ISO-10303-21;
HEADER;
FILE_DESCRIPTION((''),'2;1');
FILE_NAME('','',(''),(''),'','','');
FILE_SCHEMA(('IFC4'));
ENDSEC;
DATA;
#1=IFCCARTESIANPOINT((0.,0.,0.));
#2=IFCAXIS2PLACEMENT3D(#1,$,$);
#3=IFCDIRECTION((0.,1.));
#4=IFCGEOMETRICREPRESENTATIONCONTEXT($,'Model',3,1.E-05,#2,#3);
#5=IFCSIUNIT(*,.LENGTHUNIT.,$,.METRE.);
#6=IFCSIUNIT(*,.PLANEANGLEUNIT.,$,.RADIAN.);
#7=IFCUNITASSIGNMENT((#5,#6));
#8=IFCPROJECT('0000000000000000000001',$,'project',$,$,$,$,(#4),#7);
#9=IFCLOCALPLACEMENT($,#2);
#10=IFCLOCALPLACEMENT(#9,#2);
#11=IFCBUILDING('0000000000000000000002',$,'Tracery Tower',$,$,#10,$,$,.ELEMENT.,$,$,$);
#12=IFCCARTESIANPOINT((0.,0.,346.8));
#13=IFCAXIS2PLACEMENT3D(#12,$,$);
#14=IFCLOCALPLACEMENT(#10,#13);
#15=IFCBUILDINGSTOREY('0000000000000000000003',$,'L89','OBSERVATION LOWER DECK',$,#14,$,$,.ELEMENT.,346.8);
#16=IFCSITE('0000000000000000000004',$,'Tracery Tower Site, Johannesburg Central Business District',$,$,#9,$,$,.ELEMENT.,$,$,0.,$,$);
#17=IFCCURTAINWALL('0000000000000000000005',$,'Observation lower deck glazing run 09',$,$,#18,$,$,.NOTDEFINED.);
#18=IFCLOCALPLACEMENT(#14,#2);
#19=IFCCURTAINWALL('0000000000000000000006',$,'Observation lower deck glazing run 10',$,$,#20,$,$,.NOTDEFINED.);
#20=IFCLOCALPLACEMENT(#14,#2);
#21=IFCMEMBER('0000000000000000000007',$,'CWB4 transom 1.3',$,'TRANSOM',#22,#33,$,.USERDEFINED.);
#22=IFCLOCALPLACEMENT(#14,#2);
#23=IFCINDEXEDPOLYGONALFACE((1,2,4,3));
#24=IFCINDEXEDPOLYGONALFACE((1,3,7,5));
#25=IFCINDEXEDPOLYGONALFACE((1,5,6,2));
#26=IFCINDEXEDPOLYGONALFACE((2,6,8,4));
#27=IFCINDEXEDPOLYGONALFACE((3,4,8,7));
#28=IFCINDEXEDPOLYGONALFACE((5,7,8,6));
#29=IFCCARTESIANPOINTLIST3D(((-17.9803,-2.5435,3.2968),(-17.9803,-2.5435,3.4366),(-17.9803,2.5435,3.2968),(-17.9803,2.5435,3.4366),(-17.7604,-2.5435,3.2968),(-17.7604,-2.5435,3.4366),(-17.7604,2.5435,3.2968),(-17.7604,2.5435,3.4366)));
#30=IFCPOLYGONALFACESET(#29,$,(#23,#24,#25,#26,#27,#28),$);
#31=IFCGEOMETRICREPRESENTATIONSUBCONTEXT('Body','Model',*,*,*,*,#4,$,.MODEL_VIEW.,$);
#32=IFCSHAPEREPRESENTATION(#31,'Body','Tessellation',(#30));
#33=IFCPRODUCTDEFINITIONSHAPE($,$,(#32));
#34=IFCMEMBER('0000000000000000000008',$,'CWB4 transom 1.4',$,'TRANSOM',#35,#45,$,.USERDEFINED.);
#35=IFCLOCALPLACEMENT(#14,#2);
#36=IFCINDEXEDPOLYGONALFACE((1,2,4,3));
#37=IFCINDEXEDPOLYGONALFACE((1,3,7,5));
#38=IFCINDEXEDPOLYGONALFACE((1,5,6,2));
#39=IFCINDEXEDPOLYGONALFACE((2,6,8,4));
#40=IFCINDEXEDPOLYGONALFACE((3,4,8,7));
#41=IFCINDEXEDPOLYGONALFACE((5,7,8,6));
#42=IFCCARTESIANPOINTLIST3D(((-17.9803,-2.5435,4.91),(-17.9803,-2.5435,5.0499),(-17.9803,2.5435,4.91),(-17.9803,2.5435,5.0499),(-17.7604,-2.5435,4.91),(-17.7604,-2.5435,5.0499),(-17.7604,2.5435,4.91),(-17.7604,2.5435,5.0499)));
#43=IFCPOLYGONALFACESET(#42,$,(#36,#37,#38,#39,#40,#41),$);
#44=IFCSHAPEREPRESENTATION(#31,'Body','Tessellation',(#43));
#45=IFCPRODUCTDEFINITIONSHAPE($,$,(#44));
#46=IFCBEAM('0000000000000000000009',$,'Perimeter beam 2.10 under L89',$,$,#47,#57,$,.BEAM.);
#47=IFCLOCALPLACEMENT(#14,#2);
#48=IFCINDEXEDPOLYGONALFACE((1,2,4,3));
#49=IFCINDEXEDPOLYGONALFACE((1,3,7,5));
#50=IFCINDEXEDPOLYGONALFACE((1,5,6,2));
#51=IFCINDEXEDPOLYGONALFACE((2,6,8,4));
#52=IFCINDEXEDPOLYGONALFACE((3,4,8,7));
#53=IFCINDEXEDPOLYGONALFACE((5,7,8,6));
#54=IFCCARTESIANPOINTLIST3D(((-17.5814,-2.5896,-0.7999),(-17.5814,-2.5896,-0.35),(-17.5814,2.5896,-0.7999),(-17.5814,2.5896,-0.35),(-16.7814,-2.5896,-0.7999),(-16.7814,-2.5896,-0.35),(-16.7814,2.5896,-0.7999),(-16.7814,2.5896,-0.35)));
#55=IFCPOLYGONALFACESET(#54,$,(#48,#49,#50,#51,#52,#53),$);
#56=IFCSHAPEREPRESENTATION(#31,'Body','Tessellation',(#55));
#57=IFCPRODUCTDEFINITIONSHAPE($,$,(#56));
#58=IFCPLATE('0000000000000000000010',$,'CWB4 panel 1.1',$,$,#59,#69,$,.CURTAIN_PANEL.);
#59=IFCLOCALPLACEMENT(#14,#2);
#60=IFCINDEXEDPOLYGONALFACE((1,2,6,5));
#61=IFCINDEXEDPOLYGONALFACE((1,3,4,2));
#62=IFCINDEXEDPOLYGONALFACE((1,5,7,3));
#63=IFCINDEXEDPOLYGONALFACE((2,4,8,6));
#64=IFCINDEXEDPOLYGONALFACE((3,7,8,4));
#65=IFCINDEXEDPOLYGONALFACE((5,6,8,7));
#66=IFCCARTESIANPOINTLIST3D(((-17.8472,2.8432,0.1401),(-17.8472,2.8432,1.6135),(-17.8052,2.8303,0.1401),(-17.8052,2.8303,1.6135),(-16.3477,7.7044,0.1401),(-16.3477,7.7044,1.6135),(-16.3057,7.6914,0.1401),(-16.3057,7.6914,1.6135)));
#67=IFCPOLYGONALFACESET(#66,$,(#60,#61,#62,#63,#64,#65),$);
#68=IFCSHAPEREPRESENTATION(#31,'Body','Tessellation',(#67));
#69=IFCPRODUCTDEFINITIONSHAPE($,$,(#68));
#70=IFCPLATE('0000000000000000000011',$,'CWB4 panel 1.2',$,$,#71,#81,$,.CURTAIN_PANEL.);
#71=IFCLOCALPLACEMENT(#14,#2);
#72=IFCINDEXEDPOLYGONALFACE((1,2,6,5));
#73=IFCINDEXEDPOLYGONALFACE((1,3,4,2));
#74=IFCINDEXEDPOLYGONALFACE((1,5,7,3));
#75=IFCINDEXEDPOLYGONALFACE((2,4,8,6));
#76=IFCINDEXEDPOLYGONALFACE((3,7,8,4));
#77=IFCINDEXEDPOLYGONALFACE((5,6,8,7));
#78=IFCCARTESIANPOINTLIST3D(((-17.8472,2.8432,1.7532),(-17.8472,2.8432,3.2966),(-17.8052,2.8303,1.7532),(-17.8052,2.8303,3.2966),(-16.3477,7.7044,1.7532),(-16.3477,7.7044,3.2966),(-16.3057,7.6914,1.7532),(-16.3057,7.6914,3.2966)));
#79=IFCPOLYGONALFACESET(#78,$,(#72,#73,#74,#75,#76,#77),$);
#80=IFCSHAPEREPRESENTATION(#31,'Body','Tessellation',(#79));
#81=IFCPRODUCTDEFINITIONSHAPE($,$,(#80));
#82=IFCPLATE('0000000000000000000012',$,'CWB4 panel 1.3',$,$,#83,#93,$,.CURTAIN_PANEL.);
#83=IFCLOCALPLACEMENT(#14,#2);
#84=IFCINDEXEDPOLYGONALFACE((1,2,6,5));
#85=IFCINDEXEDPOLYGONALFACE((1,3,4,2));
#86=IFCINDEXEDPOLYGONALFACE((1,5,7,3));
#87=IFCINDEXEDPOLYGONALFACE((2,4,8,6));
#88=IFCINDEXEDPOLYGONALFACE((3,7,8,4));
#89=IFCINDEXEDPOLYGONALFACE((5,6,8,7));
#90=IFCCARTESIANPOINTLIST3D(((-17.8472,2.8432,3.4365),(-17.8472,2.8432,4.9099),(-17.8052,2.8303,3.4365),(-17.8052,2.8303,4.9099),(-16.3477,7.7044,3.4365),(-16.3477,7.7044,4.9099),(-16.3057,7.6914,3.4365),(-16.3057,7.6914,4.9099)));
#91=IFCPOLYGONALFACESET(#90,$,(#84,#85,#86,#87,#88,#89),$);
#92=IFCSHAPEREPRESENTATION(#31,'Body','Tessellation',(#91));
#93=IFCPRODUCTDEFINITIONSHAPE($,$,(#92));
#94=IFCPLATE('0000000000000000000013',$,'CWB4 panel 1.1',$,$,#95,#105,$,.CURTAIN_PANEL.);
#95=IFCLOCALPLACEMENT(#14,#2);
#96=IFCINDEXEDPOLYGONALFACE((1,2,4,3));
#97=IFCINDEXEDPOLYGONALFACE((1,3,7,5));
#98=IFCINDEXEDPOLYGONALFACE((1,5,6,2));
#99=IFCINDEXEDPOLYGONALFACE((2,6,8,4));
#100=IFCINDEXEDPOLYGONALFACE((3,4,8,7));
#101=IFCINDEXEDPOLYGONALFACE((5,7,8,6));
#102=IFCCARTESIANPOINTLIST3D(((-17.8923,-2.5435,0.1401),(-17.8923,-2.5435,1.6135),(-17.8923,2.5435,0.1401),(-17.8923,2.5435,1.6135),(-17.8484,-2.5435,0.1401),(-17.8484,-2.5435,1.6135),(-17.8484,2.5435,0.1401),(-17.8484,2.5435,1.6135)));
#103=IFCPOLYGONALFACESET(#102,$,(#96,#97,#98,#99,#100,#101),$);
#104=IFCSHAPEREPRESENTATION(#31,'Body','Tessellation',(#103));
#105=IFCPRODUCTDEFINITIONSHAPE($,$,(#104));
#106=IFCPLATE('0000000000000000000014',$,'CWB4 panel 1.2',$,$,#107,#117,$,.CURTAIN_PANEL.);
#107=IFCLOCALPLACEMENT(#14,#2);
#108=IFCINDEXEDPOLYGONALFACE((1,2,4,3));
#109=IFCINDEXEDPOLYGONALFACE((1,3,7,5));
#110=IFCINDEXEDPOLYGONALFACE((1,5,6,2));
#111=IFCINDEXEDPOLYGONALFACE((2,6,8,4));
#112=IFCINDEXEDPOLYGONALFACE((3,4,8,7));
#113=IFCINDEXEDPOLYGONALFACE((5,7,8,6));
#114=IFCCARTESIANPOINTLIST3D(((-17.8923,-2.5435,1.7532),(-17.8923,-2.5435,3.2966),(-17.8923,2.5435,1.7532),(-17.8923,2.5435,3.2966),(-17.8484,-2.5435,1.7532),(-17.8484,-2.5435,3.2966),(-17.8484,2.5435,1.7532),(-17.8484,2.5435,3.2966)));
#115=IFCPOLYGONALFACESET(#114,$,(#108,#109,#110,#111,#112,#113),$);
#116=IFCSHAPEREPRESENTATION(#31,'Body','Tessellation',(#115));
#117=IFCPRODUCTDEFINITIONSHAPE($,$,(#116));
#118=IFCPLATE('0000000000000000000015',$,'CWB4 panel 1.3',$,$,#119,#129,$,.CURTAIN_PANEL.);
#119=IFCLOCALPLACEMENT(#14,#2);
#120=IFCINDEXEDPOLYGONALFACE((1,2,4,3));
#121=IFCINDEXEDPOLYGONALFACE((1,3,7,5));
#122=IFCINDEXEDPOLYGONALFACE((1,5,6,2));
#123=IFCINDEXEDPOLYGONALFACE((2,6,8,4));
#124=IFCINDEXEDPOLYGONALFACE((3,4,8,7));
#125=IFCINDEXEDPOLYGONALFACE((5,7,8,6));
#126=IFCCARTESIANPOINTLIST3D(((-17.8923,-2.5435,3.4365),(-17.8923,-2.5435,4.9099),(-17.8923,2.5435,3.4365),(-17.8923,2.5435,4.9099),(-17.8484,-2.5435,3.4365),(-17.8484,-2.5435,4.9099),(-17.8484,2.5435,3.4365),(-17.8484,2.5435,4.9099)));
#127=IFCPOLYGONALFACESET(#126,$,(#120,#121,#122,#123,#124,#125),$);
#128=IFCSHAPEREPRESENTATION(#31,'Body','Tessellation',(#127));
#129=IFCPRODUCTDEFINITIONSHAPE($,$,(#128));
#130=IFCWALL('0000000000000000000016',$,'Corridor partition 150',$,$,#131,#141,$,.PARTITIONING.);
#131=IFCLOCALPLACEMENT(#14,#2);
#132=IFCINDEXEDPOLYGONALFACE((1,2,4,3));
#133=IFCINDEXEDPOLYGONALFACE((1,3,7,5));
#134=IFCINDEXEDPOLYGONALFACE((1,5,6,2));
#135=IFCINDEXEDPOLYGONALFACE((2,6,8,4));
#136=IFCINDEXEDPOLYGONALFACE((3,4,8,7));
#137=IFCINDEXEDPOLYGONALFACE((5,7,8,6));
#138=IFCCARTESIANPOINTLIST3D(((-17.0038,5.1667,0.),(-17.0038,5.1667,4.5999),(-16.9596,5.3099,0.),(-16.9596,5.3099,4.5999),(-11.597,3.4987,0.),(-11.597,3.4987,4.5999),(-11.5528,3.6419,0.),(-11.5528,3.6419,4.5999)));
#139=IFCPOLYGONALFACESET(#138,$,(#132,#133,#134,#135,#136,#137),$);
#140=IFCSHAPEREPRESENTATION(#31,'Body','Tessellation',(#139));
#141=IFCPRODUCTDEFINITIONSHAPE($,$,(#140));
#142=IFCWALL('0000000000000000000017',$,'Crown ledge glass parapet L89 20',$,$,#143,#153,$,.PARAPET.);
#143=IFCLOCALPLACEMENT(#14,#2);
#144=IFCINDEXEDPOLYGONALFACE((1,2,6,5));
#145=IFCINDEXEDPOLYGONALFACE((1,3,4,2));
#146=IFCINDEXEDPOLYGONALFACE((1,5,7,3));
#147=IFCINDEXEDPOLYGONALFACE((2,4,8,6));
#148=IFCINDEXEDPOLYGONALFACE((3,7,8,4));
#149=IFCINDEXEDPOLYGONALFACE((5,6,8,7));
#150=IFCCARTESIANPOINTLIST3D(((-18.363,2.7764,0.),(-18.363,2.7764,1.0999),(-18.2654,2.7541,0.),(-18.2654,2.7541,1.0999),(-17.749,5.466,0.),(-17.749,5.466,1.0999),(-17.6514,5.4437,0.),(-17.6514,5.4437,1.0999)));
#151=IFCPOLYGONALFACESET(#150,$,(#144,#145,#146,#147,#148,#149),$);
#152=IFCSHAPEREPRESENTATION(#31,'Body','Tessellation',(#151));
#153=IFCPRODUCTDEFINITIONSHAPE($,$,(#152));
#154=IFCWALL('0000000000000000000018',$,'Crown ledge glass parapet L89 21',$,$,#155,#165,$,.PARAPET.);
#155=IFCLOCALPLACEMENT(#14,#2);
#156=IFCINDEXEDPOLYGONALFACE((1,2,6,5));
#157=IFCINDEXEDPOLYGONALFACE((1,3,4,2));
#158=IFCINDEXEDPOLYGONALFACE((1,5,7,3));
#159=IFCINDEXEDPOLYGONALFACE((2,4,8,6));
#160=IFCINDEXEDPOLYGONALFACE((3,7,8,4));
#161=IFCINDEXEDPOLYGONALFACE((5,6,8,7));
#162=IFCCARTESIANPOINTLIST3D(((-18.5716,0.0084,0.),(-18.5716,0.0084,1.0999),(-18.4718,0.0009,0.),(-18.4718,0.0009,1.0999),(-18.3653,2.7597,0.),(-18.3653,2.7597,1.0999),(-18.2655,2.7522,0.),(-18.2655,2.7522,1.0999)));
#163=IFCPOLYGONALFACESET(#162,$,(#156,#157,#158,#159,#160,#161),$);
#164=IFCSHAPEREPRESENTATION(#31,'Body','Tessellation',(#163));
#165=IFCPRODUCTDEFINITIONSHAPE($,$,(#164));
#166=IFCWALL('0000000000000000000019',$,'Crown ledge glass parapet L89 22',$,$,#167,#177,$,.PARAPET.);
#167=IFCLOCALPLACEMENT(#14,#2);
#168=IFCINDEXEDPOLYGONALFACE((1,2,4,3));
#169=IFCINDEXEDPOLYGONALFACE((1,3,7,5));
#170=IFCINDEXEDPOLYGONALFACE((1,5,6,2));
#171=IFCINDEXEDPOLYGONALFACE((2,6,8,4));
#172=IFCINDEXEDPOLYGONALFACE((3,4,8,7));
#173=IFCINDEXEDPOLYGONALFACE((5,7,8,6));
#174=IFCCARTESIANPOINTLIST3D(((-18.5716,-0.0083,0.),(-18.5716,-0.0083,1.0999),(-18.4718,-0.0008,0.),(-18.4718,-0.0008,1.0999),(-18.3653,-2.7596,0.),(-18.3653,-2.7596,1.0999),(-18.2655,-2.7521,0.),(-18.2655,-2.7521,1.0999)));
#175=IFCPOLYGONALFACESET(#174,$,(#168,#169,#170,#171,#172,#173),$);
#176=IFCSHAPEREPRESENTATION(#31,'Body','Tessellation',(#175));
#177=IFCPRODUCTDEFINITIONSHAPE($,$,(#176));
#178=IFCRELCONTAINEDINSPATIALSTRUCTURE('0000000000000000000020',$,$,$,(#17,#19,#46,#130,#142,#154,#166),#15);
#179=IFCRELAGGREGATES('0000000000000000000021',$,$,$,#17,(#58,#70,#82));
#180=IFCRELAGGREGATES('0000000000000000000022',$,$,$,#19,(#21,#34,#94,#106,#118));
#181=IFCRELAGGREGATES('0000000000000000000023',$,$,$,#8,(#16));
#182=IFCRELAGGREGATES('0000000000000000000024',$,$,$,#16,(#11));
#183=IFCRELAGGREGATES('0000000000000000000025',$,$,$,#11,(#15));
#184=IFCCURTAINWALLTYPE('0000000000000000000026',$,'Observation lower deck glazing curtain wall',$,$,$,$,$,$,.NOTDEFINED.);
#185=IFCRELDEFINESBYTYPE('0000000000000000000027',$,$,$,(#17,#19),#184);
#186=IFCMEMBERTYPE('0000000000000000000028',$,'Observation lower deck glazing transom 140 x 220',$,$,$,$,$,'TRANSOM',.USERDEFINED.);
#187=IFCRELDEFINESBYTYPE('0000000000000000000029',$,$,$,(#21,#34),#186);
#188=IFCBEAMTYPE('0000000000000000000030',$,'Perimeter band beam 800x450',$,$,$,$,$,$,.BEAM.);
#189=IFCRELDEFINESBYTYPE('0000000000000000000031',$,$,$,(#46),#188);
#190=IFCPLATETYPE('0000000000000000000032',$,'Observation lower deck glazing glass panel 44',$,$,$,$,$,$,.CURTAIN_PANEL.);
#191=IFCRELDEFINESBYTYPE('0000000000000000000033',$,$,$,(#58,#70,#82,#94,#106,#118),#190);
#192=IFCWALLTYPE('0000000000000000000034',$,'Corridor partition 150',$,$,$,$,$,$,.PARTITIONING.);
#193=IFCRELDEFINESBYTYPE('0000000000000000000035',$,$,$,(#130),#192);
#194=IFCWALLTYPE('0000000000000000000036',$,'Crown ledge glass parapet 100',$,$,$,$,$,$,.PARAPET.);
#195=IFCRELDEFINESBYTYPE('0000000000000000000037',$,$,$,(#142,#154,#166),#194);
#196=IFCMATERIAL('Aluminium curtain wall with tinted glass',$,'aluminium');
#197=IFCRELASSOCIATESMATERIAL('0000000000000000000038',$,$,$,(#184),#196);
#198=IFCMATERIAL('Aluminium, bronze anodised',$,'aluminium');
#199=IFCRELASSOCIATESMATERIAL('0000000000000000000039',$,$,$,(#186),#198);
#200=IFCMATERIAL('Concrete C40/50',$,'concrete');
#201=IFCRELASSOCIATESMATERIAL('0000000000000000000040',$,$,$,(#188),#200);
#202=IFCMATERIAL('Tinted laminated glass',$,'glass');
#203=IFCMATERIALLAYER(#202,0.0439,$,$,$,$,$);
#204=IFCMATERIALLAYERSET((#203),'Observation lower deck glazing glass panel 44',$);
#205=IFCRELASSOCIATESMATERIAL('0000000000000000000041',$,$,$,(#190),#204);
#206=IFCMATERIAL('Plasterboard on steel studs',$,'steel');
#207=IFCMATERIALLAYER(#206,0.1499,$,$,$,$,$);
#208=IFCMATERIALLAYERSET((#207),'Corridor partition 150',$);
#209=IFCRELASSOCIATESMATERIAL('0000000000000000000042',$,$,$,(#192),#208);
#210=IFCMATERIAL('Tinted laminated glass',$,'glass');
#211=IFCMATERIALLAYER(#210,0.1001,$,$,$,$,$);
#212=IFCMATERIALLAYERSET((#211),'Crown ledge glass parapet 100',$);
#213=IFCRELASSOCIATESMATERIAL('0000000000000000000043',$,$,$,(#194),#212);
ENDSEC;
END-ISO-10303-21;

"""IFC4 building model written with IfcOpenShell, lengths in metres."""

from ifc_helpers import new_model, si_unit, direction, frame, frame_2d, origin, origin_2d, place, context, subcontext, project, spatial, rectangle, extrude, material, layer, layer_set, material_profile, profile_set, type_object, element, aggregate, save


model = new_model("IFC4")

# Units and contexts
model_context = context("Model", 3, precision=1e-05, world=origin(), true_north=direction((0.0, 1.0)))
body_context = subcontext(model_context, "Body", "Model", "MODEL_VIEW")
ifc_project = project(units=[si_unit("LENGTHUNIT", "METRE"), si_unit("PLANEANGLEUNIT", "RADIAN")], contexts=[model_context])

# Site, building, storey
site_placement = place(None, origin())
site = spatial("IfcSite", under=ifc_project, at=site_placement, Name="Tracery Tower Site, Johannesburg Central Business District", CompositionType="ELEMENT", RefElevation=0.0)
building_placement = place(site_placement, origin())
building = spatial("IfcBuilding", under=site, at=building_placement, Name="Tracery Tower", CompositionType="ELEMENT")
storey_placement = place(building_placement, frame((0.0, 0.0, 346.8)))
storey = spatial("IfcBuildingStorey", under=building, at=storey_placement, Name="L89", Description="OBSERVATION LOWER DECK", CompositionType="ELEMENT", Elevation=346.8)

# Curtain walls
ifc_material_1 = material(Name="Aluminium curtain wall with tinted glass", Category="aluminium")
curtain_wall_type = type_object("IfcCurtainWallType", Name="Observation lower deck glazing curtain wall", PredefinedType="NOTDEFINED", material=ifc_material_1)
curtain_wall_1_placement = place(storey_placement, origin())
curtain_wall_1 = element("IfcCurtainWall", 1, at=curtain_wall_1_placement, inside=storey, type_object=curtain_wall_type, Name="Observation lower deck glazing run 09", PredefinedType="NOTDEFINED")
curtain_wall_2_placement = place(storey_placement, origin())
curtain_wall_2 = element("IfcCurtainWall", 2, at=curtain_wall_2_placement, inside=storey, type_object=curtain_wall_type, Name="Observation lower deck glazing run 10", PredefinedType="NOTDEFINED")

# Members
ifc_material_2 = material(Name="Aluminium, bronze anodised", Category="aluminium")
ifc_material_profile_1 = material_profile(ifc_material_2, rectangle(XDim=0.22, YDim=0.1399, at=origin_2d()), Name="Observation lower deck glazing transom 140 x 220")
ifc_profile_set_1 = profile_set([ifc_material_profile_1], Name="Aluminium, bronze anodised")
member_type_1 = type_object("IfcMemberType", Name="Observation lower deck glazing transom 140 x 220", ElementType="TRANSOM", PredefinedType="USERDEFINED", material=ifc_profile_set_1)
member_1_placement = place(storey_placement, frame((-17.8704, 2.5435, 3.3667), z_axis=(0.0, -1.0, 0.0), x_axis=(1.0, 0.0, 0.0)))
member_1 = element("IfcMember", 3, at=member_1_placement, type_object=member_type_1, Name="CWB4 transom 1.3", ObjectType="TRANSOM", PredefinedType="USERDEFINED", context=body_context, shape_type="SweptSolid", body=[
    extrude(rectangle(XDim=0.22, YDim=0.1399, at=origin_2d()), origin(), (0.0, 0.0, 1.0), 5.0869),
])
member_2_placement = place(storey_placement, frame((-17.8704, 2.5435, 4.98), z_axis=(0.0, -1.0, 0.0), x_axis=(1.0, 0.0, 0.0)))
member_2 = element("IfcMember", 4, at=member_2_placement, type_object=member_type_1, Name="CWB4 transom 1.4", ObjectType="TRANSOM", PredefinedType="USERDEFINED", context=body_context, shape_type="SweptSolid", body=[
    extrude(rectangle(XDim=0.22, YDim=0.1399, at=origin_2d()), origin(), (0.0, 0.0, 1.0), 5.0869),
])

# Beam
ifc_material_3 = material(Name="Concrete C40/50", Category="concrete")
ifc_material_profile_2 = material_profile(ifc_material_3, rectangle(XDim=0.8, YDim=0.45, at=origin_2d()), Name="RC 800x450")
ifc_profile_set_2 = profile_set([ifc_material_profile_2], Name="Concrete C40/50")
beam_type = type_object("IfcBeamType", Name="Perimeter band beam 800x450", PredefinedType="BEAM", material=ifc_profile_set_2)
beam_placement = place(storey_placement, frame((-17.1814, 2.5896, -0.575), z_axis=(0.0, -1.0, 0.0), x_axis=(1.0, 0.0, 0.0)))
element("IfcBeam", 5, at=beam_placement, inside=storey, type_object=beam_type, Name="Perimeter beam 2.10 under L89", PredefinedType="BEAM", context=body_context, shape_type="SweptSolid", body=[
    extrude(rectangle(XDim=0.8, YDim=0.45, at=origin_2d()), origin(), (0.0, 0.0, 1.0), 5.1792),
])

# Plates
ifc_material_4 = material(Name="Tinted laminated glass", Category="glass")
ifc_layer_1 = layer(ifc_material_4, 0.0439)
ifc_layer_set_1 = layer_set([ifc_layer_1], Name="Observation lower deck glazing glass panel 44")
plate_type = type_object("IfcPlateType", Name="Observation lower deck glazing glass panel 44", PredefinedType="CURTAIN_PANEL", material=ifc_layer_set_1)
plate_1_placement = place(storey_placement, frame((-17.0764, 5.2673, 0.1401), z_axis=(0.0, 0.0, 1.0), x_axis=(-0.294757, -0.955572, 0.0)))
plate_1 = element("IfcPlate", 6, at=plate_1_placement, type_object=plate_type, Name="CWB4 panel 1.1", PredefinedType="CURTAIN_PANEL", context=body_context, shape_type="SweptSolid", body=[
    extrude(rectangle(XDim=5.0872, YDim=0.0439, at=origin_2d()), origin(), (0.0, 0.0, 1.0), 1.4734),
])
plate_2_placement = place(storey_placement, frame((-17.0764, 5.2673, 1.7532), z_axis=(0.0, 0.0, 1.0), x_axis=(-0.294757, -0.955572, 0.0)))
plate_2 = element("IfcPlate", 7, at=plate_2_placement, type_object=plate_type, Name="CWB4 panel 1.2", PredefinedType="CURTAIN_PANEL", context=body_context, shape_type="SweptSolid", body=[
    extrude(rectangle(XDim=5.0872, YDim=0.0439, at=origin_2d()), origin(), (0.0, 0.0, 1.0), 1.5435),
])
plate_3_placement = place(storey_placement, frame((-17.0764, 5.2673, 3.4365), z_axis=(0.0, 0.0, 1.0), x_axis=(-0.294757, -0.955572, 0.0)))
plate_3 = element("IfcPlate", 8, at=plate_3_placement, type_object=plate_type, Name="CWB4 panel 1.3", PredefinedType="CURTAIN_PANEL", context=body_context, shape_type="SweptSolid", body=[
    extrude(rectangle(XDim=5.0872, YDim=0.0439, at=origin_2d()), origin(), (0.0, 0.0, 1.0), 1.4734),
])
aggregate(curtain_wall_1, [plate_1, plate_2, plate_3])
plate_4_placement = place(storey_placement, frame((-17.8704, 0.0, 0.1401), z_axis=(0.0, 0.0, 1.0), x_axis=(0.0, -1.0, 0.0)))
plate_4 = element("IfcPlate", 9, at=plate_4_placement, type_object=plate_type, Name="CWB4 panel 1.1", PredefinedType="CURTAIN_PANEL", context=body_context, shape_type="SweptSolid", body=[
    extrude(rectangle(XDim=5.0869, YDim=0.0439, at=origin_2d()), origin(), (0.0, 0.0, 1.0), 1.4734),
])
plate_5_placement = place(storey_placement, frame((-17.8704, 0.0, 1.7532), z_axis=(0.0, 0.0, 1.0), x_axis=(0.0, -1.0, 0.0)))
plate_5 = element("IfcPlate", 10, at=plate_5_placement, type_object=plate_type, Name="CWB4 panel 1.2", PredefinedType="CURTAIN_PANEL", context=body_context, shape_type="SweptSolid", body=[
    extrude(rectangle(XDim=5.0869, YDim=0.0439, at=origin_2d()), origin(), (0.0, 0.0, 1.0), 1.5435),
])
plate_6_placement = place(storey_placement, frame((-17.8704, 0.0, 3.4365), z_axis=(0.0, 0.0, 1.0), x_axis=(0.0, -1.0, 0.0)))
plate_6 = element("IfcPlate", 11, at=plate_6_placement, type_object=plate_type, Name="CWB4 panel 1.3", PredefinedType="CURTAIN_PANEL", context=body_context, shape_type="SweptSolid", body=[
    extrude(rectangle(XDim=5.0869, YDim=0.0439, at=origin_2d()), origin(), (0.0, 0.0, 1.0), 1.4734),
])
aggregate(curtain_wall_2, [member_1, member_2, plate_4, plate_5, plate_6])

# Walls
ifc_material_5 = material(Name="Plasterboard on steel studs", Category="steel")
ifc_layer_2 = layer(ifc_material_5, 0.1499)
ifc_layer_set_2 = layer_set([ifc_layer_2], Name="Corridor partition 150")
wall_type_1 = type_object("IfcWallType", Name="Corridor partition 150", PredefinedType="PARTITIONING", material=ifc_layer_set_2)
wall_1_placement = place(storey_placement, frame((-16.9817, 5.2383, 0.0), z_axis=(0.0, 0.0, 1.0), x_axis=(0.955562, -0.294789, 0.0)))
element("IfcWall", 12, at=wall_1_placement, inside=storey, type_object=wall_type_1, Name="Corridor partition 150", PredefinedType="PARTITIONING", context=body_context, shape_type="SweptSolid", body=[
    extrude(rectangle(XDim=5.6582, YDim=0.1499, at=frame_2d((2.8291, 0.0))), origin(), (0.0, 0.0, 1.0), 4.5999),
])
ifc_material_6 = material(Name="Tinted laminated glass", Category="glass")
ifc_layer_3 = layer(ifc_material_6, 0.1001)
ifc_layer_set_3 = layer_set([ifc_layer_3], Name="Crown ledge glass parapet 100")
wall_type_2 = type_object("IfcWallType", Name="Crown ledge glass parapet 100", PredefinedType="PARAPET", material=ifc_layer_set_3)
wall_2_placement = place(storey_placement, frame((-17.7002, 5.4548, 0.0), z_axis=(0.0, 0.0, 1.0), x_axis=(-0.222558, -0.974919, 0.0)))
element("IfcWall", 13, at=wall_2_placement, inside=storey, type_object=wall_type_2, Name="Crown ledge glass parapet L89 20", PredefinedType="PARAPET", context=body_context, shape_type="SweptSolid", body=[
    extrude(rectangle(XDim=2.7588, YDim=0.1001, at=frame_2d((1.3794, 0.0))), origin(), (0.0, 0.0, 1.0), 1.0999),
])
for number, where, z_axis, x_axis, name in (
    (14, (-18.3154, 2.7559, 0.0), (0.0, 0.0, 1.0), (-0.074775, -0.9972, 0.0), "Crown ledge glass parapet L89 21"),
    (15, (-18.5217, -0.0046, 0.0), (0.0, 0.0, 1.0), (0.074775, -0.9972, 0.0), "Crown ledge glass parapet L89 22"),
):
    element("IfcWall", number, at=place(storey_placement, frame(where, z_axis=z_axis, x_axis=x_axis)), inside=storey, type_object=wall_type_2, Name=name, PredefinedType="PARAPET", context=body_context, shape_type="SweptSolid", body=[
        extrude(rectangle(XDim=2.759, YDim=0.1001, at=frame_2d((1.3794, 0.0))), origin(), (0.0, 0.0, 1.0), 1.0999),
    ])

save(model, "model.ifc")
